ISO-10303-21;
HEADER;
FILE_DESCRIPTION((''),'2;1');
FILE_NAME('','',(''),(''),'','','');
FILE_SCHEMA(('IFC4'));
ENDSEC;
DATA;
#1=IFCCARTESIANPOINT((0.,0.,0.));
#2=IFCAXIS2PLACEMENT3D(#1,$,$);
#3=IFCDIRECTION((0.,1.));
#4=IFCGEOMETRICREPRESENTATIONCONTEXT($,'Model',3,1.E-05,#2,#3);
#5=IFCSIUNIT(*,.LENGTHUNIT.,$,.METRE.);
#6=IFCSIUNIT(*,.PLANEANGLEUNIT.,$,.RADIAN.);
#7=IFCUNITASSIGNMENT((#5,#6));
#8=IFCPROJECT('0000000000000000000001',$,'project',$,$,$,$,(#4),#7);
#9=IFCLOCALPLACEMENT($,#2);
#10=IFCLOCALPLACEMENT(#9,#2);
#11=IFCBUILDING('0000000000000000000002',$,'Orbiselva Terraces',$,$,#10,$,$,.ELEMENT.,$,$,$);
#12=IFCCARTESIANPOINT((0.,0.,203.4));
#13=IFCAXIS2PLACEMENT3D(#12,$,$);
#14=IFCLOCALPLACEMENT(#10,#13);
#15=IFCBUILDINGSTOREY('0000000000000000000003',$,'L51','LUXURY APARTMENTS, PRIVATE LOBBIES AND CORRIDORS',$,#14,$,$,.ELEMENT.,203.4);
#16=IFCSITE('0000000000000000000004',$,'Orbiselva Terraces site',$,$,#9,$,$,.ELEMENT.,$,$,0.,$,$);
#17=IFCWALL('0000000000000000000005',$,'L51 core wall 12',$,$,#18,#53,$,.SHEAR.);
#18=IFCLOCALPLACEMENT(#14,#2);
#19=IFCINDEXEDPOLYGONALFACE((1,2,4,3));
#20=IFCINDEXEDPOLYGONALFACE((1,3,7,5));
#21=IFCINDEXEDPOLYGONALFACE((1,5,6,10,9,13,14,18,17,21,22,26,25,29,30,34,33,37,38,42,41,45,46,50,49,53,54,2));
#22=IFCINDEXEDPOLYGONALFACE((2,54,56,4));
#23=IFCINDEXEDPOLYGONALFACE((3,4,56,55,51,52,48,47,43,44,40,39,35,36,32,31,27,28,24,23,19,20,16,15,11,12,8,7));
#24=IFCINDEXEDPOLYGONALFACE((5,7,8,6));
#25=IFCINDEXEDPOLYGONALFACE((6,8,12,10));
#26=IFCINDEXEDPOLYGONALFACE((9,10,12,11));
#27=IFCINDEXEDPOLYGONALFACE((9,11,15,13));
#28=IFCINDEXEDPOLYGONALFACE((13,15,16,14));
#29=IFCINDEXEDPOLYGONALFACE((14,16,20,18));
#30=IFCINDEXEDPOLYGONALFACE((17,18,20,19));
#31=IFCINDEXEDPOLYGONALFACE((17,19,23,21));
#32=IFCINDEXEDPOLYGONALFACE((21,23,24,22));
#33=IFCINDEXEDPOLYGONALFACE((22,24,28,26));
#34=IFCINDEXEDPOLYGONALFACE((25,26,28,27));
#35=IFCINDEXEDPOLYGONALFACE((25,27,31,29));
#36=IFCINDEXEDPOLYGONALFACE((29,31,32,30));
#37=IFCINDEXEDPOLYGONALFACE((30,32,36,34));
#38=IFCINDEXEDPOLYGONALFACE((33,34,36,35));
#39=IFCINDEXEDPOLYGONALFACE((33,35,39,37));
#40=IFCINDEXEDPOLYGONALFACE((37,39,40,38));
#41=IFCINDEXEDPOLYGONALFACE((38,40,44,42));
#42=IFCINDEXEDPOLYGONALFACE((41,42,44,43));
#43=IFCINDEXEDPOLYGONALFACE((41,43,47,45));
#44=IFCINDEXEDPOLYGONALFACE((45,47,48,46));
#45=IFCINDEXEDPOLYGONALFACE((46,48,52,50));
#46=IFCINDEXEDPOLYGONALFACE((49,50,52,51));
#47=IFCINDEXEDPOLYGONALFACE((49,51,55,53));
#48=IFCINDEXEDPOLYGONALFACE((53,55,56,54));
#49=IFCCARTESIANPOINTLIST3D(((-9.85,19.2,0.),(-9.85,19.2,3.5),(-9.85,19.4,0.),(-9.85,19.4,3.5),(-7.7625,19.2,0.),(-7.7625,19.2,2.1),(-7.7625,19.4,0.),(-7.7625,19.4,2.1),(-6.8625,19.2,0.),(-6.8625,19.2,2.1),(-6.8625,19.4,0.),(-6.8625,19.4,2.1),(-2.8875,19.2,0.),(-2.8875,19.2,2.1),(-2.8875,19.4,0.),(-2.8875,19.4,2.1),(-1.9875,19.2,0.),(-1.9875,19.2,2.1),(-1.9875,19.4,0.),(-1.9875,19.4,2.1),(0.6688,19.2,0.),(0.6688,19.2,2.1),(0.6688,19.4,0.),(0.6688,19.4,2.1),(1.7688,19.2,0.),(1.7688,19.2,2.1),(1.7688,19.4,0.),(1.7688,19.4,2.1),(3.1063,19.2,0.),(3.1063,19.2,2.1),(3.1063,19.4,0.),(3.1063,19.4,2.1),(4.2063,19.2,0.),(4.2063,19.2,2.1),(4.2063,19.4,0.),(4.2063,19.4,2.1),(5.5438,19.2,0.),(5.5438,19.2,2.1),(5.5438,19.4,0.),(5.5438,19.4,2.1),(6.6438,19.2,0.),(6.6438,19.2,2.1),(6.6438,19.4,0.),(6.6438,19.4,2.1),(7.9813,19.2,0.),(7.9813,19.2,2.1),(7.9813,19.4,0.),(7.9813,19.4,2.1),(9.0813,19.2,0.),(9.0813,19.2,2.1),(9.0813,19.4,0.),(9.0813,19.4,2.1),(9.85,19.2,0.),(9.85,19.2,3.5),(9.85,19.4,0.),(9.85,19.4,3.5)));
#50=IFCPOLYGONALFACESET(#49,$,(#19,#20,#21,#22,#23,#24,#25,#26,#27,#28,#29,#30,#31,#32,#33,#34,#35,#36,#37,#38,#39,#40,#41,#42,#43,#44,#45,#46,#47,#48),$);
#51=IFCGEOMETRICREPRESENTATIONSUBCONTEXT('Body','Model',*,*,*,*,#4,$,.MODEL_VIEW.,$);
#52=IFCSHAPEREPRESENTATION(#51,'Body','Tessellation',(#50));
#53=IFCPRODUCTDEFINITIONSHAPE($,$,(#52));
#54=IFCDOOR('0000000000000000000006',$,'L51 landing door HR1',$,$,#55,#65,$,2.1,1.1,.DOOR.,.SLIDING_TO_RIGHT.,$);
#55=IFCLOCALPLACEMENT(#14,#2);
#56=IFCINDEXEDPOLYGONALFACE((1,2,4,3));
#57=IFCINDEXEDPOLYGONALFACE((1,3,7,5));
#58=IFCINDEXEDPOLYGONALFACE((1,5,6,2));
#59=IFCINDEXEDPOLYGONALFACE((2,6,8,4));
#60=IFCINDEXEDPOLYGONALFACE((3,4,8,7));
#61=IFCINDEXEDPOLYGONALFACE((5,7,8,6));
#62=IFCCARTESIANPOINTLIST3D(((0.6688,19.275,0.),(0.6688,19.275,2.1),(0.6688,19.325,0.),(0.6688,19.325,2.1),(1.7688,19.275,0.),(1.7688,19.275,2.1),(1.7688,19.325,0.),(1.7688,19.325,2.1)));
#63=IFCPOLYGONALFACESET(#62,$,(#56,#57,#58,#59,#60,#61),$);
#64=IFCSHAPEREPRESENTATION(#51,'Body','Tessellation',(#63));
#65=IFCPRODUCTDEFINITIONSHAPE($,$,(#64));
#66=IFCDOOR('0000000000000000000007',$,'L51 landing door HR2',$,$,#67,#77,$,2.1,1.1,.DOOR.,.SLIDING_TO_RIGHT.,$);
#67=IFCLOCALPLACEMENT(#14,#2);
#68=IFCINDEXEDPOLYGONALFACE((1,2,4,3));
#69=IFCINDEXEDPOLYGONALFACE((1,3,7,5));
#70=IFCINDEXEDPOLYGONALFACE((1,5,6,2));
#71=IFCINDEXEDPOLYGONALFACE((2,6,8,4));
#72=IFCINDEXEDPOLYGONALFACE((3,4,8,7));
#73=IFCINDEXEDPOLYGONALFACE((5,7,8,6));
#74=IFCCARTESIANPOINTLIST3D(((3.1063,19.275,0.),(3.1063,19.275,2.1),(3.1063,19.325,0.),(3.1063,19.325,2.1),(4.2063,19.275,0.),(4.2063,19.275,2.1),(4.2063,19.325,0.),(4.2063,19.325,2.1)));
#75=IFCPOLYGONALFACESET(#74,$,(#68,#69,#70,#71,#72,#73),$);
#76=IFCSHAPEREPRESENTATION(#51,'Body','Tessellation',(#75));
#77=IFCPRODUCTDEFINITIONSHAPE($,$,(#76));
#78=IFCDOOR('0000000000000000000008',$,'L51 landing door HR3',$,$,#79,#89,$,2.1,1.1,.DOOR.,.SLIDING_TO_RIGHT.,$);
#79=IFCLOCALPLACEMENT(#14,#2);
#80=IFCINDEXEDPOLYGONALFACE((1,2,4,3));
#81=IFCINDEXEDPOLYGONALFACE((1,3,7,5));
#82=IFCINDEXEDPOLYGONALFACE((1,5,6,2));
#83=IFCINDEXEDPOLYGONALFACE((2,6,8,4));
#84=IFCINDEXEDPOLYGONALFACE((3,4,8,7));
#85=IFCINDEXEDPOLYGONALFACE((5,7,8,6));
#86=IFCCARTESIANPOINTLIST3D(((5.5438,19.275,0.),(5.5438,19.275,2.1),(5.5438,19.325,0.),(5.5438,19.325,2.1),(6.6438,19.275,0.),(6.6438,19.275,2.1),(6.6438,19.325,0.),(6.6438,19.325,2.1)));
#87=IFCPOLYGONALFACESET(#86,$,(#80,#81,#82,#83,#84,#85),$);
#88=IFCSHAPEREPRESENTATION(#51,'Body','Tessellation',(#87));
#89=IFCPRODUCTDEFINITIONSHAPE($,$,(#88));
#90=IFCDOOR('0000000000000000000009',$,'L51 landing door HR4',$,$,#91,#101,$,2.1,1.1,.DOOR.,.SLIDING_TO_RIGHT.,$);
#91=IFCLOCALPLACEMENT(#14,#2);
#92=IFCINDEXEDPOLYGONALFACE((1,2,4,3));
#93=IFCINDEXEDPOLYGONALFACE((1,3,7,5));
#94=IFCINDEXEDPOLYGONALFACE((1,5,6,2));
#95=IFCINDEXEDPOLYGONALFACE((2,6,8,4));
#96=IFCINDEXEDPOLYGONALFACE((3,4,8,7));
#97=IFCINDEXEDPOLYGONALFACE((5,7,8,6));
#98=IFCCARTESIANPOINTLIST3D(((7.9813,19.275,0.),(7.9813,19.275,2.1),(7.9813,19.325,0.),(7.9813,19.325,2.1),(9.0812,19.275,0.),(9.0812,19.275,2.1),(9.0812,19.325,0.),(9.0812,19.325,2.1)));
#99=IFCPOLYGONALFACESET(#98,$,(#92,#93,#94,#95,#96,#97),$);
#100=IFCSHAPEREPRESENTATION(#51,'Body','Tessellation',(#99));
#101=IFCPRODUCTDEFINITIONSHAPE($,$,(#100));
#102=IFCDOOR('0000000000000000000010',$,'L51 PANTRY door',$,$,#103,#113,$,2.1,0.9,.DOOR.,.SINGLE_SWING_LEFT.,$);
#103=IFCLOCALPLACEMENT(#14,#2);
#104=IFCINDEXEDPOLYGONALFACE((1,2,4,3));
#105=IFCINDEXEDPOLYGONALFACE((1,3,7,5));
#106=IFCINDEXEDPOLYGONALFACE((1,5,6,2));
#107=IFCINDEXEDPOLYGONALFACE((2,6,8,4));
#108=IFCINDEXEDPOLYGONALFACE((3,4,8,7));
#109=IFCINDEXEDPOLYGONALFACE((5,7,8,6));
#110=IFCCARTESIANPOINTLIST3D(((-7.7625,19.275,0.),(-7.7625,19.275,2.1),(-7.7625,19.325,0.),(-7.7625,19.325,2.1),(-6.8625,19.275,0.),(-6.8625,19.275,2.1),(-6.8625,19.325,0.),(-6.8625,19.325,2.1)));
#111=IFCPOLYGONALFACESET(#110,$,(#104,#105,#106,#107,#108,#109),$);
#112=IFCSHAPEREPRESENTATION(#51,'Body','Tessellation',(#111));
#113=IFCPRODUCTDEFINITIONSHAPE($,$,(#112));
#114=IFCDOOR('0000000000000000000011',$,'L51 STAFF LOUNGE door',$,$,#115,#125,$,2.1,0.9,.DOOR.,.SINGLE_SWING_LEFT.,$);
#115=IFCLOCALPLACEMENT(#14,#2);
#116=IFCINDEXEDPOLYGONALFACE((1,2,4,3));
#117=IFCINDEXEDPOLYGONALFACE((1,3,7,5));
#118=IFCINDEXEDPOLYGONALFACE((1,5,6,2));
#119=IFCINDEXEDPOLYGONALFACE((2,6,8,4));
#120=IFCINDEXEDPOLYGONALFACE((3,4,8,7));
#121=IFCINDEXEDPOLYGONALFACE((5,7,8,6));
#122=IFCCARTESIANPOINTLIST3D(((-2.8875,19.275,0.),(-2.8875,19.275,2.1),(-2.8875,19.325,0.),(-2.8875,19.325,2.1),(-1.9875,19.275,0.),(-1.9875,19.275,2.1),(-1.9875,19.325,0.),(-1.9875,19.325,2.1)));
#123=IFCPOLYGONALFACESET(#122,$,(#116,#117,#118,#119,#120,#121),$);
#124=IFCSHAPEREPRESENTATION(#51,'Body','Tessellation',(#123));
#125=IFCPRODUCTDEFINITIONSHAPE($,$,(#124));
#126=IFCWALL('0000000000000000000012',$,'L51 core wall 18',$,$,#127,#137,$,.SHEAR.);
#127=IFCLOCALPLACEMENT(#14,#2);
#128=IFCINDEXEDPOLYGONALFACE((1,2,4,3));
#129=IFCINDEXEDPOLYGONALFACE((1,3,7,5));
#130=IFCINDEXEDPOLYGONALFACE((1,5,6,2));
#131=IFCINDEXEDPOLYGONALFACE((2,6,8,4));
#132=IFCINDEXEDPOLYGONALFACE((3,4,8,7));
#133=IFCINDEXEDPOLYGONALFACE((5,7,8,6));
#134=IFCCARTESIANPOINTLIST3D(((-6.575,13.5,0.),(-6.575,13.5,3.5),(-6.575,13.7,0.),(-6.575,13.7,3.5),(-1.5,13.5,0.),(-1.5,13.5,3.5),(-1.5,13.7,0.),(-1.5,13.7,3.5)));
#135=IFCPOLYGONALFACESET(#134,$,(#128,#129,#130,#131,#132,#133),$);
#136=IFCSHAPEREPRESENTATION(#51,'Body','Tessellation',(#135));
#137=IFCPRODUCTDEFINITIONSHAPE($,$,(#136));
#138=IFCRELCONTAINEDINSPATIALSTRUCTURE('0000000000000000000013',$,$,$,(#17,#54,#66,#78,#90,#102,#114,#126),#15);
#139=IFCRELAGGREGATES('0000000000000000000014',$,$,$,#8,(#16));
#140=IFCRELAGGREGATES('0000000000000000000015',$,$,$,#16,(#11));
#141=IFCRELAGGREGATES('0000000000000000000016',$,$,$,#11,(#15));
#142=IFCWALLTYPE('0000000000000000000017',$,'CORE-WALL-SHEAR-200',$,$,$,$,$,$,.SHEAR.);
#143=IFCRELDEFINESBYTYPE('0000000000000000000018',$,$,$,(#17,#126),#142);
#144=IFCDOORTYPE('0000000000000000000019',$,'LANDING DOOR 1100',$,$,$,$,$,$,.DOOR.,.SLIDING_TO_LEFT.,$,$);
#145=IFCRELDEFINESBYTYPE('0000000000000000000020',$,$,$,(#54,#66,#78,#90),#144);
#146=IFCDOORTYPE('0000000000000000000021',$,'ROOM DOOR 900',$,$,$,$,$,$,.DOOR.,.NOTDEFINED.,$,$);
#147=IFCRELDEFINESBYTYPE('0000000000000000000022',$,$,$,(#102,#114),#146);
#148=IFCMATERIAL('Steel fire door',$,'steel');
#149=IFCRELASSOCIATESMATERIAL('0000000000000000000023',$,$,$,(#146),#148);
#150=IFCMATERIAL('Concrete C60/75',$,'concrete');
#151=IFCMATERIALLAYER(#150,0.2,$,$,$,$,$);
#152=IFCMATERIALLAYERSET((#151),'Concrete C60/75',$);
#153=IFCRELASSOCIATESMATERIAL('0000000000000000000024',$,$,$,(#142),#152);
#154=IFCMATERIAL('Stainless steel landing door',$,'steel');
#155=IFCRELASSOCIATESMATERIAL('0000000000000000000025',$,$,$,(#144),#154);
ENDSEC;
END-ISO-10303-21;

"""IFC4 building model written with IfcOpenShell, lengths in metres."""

from ifc_helpers import new_model, si_unit, direction, frame, frame_2d, origin, place, context, subcontext, project, spatial, rectangle, extrude, material, layer, layer_set, type_object, element, fill, save


model = new_model("IFC4")

# Units and contexts
model_context = context("Model", 3, precision=1e-05, world=origin(), true_north=direction((0.0, 1.0)))
body_context = subcontext(model_context, "Body", "Model", "MODEL_VIEW")
ifc_project = project(units=[si_unit("LENGTHUNIT", "METRE"), si_unit("PLANEANGLEUNIT", "RADIAN")], contexts=[model_context])

# Site, building, storey
site_placement = place(None, origin())
site = spatial("IfcSite", under=ifc_project, at=site_placement, Name="Orbiselva Terraces site", CompositionType="ELEMENT", RefElevation=0.0)
building_placement = place(site_placement, origin())
building = spatial("IfcBuilding", under=site, at=building_placement, Name="Orbiselva Terraces", CompositionType="ELEMENT")
storey_placement = place(building_placement, frame((0.0, 0.0, 203.4)))
storey = spatial("IfcBuildingStorey", under=building, at=storey_placement, Name="L51", Description="LUXURY APARTMENTS, PRIVATE LOBBIES AND CORRIDORS", CompositionType="ELEMENT", Elevation=203.4)

# Shared definitions
ifc_material_1 = material(Name="Steel fire door", Category="steel")
door_type_1 = type_object("IfcDoorType", Name="ROOM DOOR 900", OperationType="NOTDEFINED", PredefinedType="DOOR", material=ifc_material_1)

# Shared definitions
ifc_material_2 = material(Name="Concrete C60/75", Category="concrete")
ifc_layer_1 = layer(ifc_material_2, 0.2)
ifc_layer_set_1 = layer_set([ifc_layer_1], Name="Concrete C60/75")
wall_type_1 = type_object("IfcWallType", Name="CORE-WALL-SHEAR-200", PredefinedType="SHEAR", material=ifc_layer_set_1)

# Wall, openings, doors
wall_1_placement = place(storey_placement, frame((-9.85, 19.3, 0.0), z_axis=(0.0, 0.0, 1.0), x_axis=(1.0, 0.0, 0.0)))
wall_1 = element("IfcWall", 1, at=wall_1_placement, inside=storey, type_object=wall_type_1, Name="L51 core wall 12", PredefinedType="SHEAR", context=body_context, shape_type="SweptSolid", body=[
    extrude(rectangle(XDim=19.7, YDim=0.2, at=frame_2d((9.85, 0.0))), origin(), (0.0, 0.0, 1.0), 3.5),
])
opening_1_placement = place(wall_1_placement, frame((10.5188, 0.0, 0.0)))
opening_1 = element("IfcOpeningElement", 2, at=opening_1_placement, cuts=wall_1, PredefinedType="OPENING", context=body_context, shape_type="SweptSolid", body=[
    extrude(rectangle(XDim=1.1, YDim=2.1, at=frame_2d((0.55, 1.05))), frame((0.0, 0.11, 0.0), z_axis=(0.0, -1.0, 0.0), x_axis=(1.0, 0.0, 0.0)), (0.0, 0.0, 1.0), 0.22),
])
opening_2_placement = place(wall_1_placement, frame((12.9563, 0.0, 0.0)))
opening_2 = element("IfcOpeningElement", 3, at=opening_2_placement, cuts=wall_1, PredefinedType="OPENING", context=body_context, shape_type="SweptSolid", body=[
    extrude(rectangle(XDim=1.1, YDim=2.1, at=frame_2d((0.55, 1.05))), frame((0.0, 0.11, 0.0), z_axis=(0.0, -1.0, 0.0), x_axis=(1.0, 0.0, 0.0)), (0.0, 0.0, 1.0), 0.22),
])
opening_3_placement = place(wall_1_placement, frame((15.3938, 0.0, 0.0)))
opening_3 = element("IfcOpeningElement", 4, at=opening_3_placement, cuts=wall_1, PredefinedType="OPENING", context=body_context, shape_type="SweptSolid", body=[
    extrude(rectangle(XDim=1.1, YDim=2.1, at=frame_2d((0.55, 1.05))), frame((0.0, 0.11, 0.0), z_axis=(0.0, -1.0, 0.0), x_axis=(1.0, 0.0, 0.0)), (0.0, 0.0, 1.0), 0.22),
])
opening_4_placement = place(wall_1_placement, frame((17.8313, 0.0, 0.0)))
opening_4 = element("IfcOpeningElement", 5, at=opening_4_placement, cuts=wall_1, PredefinedType="OPENING", context=body_context, shape_type="SweptSolid", body=[
    extrude(rectangle(XDim=1.1, YDim=2.1, at=frame_2d((0.55, 1.05))), frame((0.0, 0.11, 0.0), z_axis=(0.0, -1.0, 0.0), x_axis=(1.0, 0.0, 0.0)), (0.0, 0.0, 1.0), 0.22),
])
opening_5_placement = place(wall_1_placement, frame((2.0875, 0.0, 0.0)))
opening_5 = element("IfcOpeningElement", 6, at=opening_5_placement, cuts=wall_1, PredefinedType="OPENING", context=body_context, shape_type="SweptSolid", body=[
    extrude(rectangle(XDim=0.9, YDim=2.1, at=frame_2d((0.45, 1.05))), frame((0.0, 0.11, 0.0), z_axis=(0.0, -1.0, 0.0), x_axis=(1.0, 0.0, 0.0)), (0.0, 0.0, 1.0), 0.22),
])
opening_6_placement = place(wall_1_placement, frame((6.9625, 0.0, 0.0)))
opening_6 = element("IfcOpeningElement", 7, at=opening_6_placement, cuts=wall_1, PredefinedType="OPENING", context=body_context, shape_type="SweptSolid", body=[
    extrude(rectangle(XDim=0.9, YDim=2.1, at=frame_2d((0.45, 1.05))), frame((0.0, 0.11, 0.0), z_axis=(0.0, -1.0, 0.0), x_axis=(1.0, 0.0, 0.0)), (0.0, 0.0, 1.0), 0.22),
])
ifc_material_3 = material(Name="Stainless steel landing door", Category="steel")
door_type_2 = type_object("IfcDoorType", Name="LANDING DOOR 1100", OperationType="SLIDING_TO_LEFT", PredefinedType="DOOR", material=ifc_material_3)
door_1_placement = place(opening_1_placement, origin())
door_1 = element("IfcDoor", 8, at=door_1_placement, inside=storey, type_object=door_type_2, Name="L51 landing door HR1", OperationType="SLIDING_TO_RIGHT", OverallHeight=2.1, OverallWidth=1.1, PredefinedType="DOOR", context=body_context, shape_type="SweptSolid", body=[
    extrude(rectangle(XDim=1.1, YDim=2.1, at=frame_2d((0.55, 1.05))), frame((0.0, 0.025, 0.0), z_axis=(0.0, -1.0, 0.0), x_axis=(1.0, 0.0, 0.0)), (0.0, 0.0, 1.0), 0.05),
])
fill(opening_1, door_1)
door_2_placement = place(opening_2_placement, origin())
door_2 = element("IfcDoor", 9, at=door_2_placement, inside=storey, type_object=door_type_2, Name="L51 landing door HR2", OperationType="SLIDING_TO_RIGHT", OverallHeight=2.1, OverallWidth=1.1, PredefinedType="DOOR", context=body_context, shape_type="SweptSolid", body=[
    extrude(rectangle(XDim=1.1, YDim=2.1, at=frame_2d((0.55, 1.05))), frame((0.0, 0.025, 0.0), z_axis=(0.0, -1.0, 0.0), x_axis=(1.0, 0.0, 0.0)), (0.0, 0.0, 1.0), 0.05),
])
fill(opening_2, door_2)
door_3_placement = place(opening_3_placement, origin())
door_3 = element("IfcDoor", 10, at=door_3_placement, inside=storey, type_object=door_type_2, Name="L51 landing door HR3", OperationType="SLIDING_TO_RIGHT", OverallHeight=2.1, OverallWidth=1.1, PredefinedType="DOOR", context=body_context, shape_type="SweptSolid", body=[
    extrude(rectangle(XDim=1.1, YDim=2.1, at=frame_2d((0.55, 1.05))), frame((0.0, 0.025, 0.0), z_axis=(0.0, -1.0, 0.0), x_axis=(1.0, 0.0, 0.0)), (0.0, 0.0, 1.0), 0.05),
])
fill(opening_3, door_3)
door_4_placement = place(opening_4_placement, origin())
door_4 = element("IfcDoor", 11, at=door_4_placement, inside=storey, type_object=door_type_2, Name="L51 landing door HR4", OperationType="SLIDING_TO_RIGHT", OverallHeight=2.1, OverallWidth=1.1, PredefinedType="DOOR", context=body_context, shape_type="SweptSolid", body=[
    extrude(rectangle(XDim=1.1, YDim=2.1, at=frame_2d((0.55, 1.05))), frame((0.0, 0.025, 0.0), z_axis=(0.0, -1.0, 0.0), x_axis=(1.0, 0.0, 0.0)), (0.0, 0.0, 1.0), 0.05),
])
fill(opening_4, door_4)
door_5_placement = place(opening_5_placement, origin())
door_5 = element("IfcDoor", 12, at=door_5_placement, inside=storey, type_object=door_type_1, Name="L51 PANTRY door", OperationType="SINGLE_SWING_LEFT", OverallHeight=2.1, OverallWidth=0.9, PredefinedType="DOOR", context=body_context, shape_type="SweptSolid", body=[
    extrude(rectangle(XDim=0.9, YDim=2.1, at=frame_2d((0.45, 1.05))), frame((0.0, 0.025, 0.0), z_axis=(0.0, -1.0, 0.0), x_axis=(1.0, 0.0, 0.0)), (0.0, 0.0, 1.0), 0.05),
])
fill(opening_5, door_5)
door_6_placement = place(opening_6_placement, origin())
door_6 = element("IfcDoor", 13, at=door_6_placement, inside=storey, type_object=door_type_1, Name="L51 STAFF LOUNGE door", OperationType="SINGLE_SWING_LEFT", OverallHeight=2.1, OverallWidth=0.9, PredefinedType="DOOR", context=body_context, shape_type="SweptSolid", body=[
    extrude(rectangle(XDim=0.9, YDim=2.1, at=frame_2d((0.45, 1.05))), frame((0.0, 0.025, 0.0), z_axis=(0.0, -1.0, 0.0), x_axis=(1.0, 0.0, 0.0)), (0.0, 0.0, 1.0), 0.05),
])
fill(opening_6, door_6)

# Wall
wall_2_placement = place(storey_placement, frame((-6.575, 13.6, 0.0), z_axis=(0.0, 0.0, 1.0), x_axis=(1.0, 0.0, 0.0)))
element("IfcWall", 14, at=wall_2_placement, inside=storey, type_object=wall_type_1, Name="L51 core wall 18", PredefinedType="SHEAR", context=body_context, shape_type="SweptSolid", body=[
    extrude(rectangle(XDim=5.075, YDim=0.2, at=frame_2d((2.5375, 0.0))), origin(), (0.0, 0.0, 1.0), 3.5),
])

save(model, "model.ifc")
